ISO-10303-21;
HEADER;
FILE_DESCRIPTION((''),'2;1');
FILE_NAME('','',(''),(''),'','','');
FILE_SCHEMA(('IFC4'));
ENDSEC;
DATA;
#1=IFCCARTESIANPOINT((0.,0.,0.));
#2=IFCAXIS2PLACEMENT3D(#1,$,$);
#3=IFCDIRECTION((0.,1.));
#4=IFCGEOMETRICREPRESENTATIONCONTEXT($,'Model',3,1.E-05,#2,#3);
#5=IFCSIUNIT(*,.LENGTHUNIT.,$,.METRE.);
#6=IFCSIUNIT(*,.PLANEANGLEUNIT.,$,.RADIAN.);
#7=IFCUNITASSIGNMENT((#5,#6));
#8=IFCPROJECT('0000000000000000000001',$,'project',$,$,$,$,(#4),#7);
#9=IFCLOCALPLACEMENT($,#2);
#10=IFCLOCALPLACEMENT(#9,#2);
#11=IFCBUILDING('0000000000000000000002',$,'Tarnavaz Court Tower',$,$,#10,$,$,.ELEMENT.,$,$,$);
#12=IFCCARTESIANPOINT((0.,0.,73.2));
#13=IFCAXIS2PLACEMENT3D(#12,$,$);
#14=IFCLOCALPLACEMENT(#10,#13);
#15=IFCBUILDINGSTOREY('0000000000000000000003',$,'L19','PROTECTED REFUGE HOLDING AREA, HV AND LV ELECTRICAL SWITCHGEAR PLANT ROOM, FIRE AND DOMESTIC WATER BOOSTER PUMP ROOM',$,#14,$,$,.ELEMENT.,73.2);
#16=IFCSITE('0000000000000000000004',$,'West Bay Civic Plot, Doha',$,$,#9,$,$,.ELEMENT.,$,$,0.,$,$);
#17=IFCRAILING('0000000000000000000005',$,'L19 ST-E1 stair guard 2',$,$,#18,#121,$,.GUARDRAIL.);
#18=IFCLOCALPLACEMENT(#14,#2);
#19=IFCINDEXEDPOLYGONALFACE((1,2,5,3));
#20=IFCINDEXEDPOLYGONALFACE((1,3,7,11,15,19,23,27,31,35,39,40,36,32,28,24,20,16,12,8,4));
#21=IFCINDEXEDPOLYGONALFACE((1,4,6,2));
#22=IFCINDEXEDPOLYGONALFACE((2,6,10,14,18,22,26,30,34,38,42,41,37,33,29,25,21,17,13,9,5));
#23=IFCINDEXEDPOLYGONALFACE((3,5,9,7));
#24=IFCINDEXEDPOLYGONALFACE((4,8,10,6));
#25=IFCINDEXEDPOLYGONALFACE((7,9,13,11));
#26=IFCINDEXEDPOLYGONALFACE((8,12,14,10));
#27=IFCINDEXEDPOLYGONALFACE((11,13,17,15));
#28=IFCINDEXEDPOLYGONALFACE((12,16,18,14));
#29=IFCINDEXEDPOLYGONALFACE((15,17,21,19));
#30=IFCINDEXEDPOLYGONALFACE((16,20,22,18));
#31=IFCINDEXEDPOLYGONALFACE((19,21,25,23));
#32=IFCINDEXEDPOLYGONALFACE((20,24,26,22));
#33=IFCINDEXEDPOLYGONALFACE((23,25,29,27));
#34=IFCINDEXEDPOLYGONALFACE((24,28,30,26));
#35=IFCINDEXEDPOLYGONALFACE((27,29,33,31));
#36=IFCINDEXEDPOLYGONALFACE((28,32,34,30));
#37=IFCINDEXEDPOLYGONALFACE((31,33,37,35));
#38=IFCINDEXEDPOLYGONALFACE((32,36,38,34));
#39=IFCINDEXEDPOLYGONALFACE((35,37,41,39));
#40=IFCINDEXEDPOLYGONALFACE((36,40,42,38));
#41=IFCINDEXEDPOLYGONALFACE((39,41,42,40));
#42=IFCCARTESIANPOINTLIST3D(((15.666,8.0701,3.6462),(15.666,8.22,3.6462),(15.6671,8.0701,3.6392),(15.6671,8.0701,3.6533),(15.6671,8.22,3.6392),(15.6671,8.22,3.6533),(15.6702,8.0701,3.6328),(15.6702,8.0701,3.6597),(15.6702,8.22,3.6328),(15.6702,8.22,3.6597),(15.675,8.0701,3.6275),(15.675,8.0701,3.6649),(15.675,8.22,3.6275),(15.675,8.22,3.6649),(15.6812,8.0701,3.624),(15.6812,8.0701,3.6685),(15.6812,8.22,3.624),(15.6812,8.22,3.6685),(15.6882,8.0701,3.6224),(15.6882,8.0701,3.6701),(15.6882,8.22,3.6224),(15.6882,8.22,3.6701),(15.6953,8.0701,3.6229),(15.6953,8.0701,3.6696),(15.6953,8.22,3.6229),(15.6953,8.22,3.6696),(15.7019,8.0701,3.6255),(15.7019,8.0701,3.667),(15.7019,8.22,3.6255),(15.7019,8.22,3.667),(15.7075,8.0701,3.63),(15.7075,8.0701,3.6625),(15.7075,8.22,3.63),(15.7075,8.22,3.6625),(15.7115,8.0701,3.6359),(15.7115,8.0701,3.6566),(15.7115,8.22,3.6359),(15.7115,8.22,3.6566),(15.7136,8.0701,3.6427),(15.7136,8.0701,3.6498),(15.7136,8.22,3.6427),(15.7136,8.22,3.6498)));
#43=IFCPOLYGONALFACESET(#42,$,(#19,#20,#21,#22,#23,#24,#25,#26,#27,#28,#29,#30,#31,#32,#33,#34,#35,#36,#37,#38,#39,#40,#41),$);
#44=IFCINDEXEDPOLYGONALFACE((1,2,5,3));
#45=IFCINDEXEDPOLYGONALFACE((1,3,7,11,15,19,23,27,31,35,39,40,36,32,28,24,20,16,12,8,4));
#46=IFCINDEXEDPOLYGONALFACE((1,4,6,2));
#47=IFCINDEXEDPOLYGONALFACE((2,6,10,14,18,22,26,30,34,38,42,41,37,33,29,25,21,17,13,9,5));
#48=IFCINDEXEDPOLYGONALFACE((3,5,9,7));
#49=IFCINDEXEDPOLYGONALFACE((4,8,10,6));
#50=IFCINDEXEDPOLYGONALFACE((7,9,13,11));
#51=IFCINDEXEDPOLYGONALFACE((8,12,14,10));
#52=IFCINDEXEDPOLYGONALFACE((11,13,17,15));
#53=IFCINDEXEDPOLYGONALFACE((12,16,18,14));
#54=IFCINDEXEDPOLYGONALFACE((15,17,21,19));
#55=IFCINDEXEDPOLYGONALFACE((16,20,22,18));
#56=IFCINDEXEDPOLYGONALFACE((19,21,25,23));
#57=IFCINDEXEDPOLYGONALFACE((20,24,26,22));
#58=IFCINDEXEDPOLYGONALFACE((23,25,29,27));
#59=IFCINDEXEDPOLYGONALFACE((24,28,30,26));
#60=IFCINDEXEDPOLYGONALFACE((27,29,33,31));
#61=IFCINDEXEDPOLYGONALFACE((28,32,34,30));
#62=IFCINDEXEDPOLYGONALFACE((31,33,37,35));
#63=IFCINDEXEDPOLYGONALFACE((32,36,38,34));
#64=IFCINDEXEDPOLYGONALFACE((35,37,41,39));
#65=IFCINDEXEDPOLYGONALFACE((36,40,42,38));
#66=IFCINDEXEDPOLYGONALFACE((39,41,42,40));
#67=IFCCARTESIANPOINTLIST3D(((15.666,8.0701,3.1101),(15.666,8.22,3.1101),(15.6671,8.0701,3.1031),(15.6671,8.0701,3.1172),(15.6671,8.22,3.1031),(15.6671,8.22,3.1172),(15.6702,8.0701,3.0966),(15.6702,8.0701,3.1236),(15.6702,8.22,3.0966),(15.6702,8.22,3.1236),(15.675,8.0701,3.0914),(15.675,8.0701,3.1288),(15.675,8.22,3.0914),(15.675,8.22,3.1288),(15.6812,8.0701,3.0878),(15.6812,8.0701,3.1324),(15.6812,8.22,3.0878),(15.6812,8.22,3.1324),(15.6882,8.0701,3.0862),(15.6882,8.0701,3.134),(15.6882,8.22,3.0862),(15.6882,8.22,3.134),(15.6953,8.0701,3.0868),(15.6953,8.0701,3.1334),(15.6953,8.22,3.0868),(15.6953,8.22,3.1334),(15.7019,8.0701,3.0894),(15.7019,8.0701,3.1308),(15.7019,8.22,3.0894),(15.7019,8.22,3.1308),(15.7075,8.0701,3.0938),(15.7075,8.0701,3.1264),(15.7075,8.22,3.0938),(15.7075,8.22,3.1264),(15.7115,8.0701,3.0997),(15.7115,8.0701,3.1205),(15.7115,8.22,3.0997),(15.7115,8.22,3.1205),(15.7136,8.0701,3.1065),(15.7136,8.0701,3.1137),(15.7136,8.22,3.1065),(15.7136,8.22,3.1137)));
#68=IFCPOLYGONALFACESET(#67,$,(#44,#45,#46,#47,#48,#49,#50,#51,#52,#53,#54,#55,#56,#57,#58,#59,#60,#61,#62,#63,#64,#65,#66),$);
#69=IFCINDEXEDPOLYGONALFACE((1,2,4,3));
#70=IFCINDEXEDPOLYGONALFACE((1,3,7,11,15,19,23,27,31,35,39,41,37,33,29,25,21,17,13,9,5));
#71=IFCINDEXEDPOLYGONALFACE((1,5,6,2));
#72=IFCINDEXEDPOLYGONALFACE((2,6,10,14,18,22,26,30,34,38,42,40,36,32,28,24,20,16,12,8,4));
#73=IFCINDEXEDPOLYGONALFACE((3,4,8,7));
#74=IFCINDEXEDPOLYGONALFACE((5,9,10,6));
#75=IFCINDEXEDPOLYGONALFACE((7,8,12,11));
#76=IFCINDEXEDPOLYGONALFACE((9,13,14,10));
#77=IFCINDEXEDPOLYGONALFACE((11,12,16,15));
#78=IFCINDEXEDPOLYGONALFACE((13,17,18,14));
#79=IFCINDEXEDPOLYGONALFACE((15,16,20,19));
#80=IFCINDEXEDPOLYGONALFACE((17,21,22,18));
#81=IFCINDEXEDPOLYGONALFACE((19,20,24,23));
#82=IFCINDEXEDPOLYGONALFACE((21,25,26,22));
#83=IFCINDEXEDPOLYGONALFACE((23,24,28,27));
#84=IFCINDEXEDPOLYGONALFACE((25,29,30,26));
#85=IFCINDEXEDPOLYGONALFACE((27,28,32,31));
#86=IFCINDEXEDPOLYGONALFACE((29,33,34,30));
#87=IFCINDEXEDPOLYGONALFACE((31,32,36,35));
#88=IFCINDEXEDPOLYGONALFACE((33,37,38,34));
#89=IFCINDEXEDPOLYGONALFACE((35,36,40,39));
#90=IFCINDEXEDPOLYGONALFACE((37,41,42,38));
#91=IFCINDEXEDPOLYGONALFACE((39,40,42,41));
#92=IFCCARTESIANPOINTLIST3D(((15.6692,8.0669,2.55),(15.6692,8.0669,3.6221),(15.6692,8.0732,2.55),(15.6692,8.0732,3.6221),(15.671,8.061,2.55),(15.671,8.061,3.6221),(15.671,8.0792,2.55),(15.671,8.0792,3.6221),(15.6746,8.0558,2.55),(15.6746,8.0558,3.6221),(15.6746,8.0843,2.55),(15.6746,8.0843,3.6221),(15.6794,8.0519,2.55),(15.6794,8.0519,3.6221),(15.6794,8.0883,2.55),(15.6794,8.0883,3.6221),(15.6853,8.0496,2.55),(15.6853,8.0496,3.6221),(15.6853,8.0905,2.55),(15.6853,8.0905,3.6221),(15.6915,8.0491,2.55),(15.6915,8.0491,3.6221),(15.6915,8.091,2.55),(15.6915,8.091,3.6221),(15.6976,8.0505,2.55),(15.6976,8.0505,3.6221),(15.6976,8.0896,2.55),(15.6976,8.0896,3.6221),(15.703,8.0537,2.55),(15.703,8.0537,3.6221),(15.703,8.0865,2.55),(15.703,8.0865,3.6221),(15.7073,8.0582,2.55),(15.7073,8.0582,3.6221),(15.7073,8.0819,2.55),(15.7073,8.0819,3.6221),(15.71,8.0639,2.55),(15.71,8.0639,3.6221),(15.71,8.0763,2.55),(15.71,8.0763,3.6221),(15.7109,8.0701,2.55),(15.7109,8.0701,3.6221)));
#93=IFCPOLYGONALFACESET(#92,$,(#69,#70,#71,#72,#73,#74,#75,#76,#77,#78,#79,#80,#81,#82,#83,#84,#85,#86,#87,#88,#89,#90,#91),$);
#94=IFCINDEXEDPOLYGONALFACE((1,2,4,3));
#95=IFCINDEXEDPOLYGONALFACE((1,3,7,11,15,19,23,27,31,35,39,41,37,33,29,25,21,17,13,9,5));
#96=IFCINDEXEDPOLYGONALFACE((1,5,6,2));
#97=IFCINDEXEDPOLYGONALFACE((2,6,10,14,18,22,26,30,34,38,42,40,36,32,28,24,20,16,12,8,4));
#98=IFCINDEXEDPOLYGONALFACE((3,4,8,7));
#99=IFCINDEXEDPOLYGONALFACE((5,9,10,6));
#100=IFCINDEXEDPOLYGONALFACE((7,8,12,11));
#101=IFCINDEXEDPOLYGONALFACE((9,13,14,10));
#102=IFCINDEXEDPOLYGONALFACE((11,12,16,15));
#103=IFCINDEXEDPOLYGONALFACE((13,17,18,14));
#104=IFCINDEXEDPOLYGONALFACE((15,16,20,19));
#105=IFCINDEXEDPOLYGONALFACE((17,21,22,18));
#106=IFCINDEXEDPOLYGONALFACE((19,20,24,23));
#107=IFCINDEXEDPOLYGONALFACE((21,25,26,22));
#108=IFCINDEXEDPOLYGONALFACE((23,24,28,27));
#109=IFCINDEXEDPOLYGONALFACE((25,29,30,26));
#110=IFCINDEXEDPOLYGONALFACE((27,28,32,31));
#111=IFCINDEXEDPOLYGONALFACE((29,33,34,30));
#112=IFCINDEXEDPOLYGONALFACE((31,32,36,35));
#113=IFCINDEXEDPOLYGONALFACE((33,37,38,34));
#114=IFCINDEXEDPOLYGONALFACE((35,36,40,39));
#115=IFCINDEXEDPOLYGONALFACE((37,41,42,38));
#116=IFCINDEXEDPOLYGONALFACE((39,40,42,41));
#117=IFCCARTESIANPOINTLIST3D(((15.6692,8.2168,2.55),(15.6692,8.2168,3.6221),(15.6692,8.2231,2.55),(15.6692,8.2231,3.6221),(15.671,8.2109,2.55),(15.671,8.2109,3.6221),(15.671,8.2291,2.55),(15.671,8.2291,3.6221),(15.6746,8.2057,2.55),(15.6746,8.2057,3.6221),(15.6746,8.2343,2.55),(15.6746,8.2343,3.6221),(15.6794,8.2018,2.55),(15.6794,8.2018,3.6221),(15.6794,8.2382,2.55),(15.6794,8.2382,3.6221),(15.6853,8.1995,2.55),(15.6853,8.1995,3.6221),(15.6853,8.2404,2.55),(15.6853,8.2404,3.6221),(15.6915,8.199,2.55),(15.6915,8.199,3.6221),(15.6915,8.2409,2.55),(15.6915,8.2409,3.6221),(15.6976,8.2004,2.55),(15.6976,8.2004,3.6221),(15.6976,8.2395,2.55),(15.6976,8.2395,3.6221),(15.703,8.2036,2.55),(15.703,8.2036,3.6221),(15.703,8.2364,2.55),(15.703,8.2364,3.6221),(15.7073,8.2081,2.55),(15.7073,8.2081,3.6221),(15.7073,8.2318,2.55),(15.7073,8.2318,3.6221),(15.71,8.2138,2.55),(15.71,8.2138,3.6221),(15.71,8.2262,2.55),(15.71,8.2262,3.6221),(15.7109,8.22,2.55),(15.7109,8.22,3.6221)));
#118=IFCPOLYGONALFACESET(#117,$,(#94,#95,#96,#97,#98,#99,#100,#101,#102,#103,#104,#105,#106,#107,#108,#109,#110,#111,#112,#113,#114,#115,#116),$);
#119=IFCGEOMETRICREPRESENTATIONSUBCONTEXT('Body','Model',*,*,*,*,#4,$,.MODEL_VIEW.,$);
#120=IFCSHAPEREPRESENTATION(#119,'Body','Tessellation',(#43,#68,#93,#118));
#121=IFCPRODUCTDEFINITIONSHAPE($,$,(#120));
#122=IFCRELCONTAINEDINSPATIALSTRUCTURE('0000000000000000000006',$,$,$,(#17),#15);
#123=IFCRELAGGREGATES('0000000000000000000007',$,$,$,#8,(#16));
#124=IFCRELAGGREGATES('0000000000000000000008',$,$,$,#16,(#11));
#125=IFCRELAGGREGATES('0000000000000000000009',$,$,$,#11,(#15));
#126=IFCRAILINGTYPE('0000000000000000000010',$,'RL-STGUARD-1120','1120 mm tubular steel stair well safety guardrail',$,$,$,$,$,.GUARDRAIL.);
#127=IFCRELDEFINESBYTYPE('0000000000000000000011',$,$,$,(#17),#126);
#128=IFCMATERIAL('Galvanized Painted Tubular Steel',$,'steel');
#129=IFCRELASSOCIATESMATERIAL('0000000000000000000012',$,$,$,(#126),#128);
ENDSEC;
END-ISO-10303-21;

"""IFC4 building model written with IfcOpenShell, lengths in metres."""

from ifc_helpers import new_model, si_unit, direction, frame, origin, origin_2d, place, context, subcontext, project, spatial, circle, extrude, material, type_object, element, save


model = new_model("IFC4")

# Units and contexts
model_context = context("Model", 3, precision=1e-05, world=origin(), true_north=direction((0.0, 1.0)))
body_context = subcontext(model_context, "Body", "Model", "MODEL_VIEW")
ifc_project = project(units=[si_unit("LENGTHUNIT", "METRE"), si_unit("PLANEANGLEUNIT", "RADIAN")], contexts=[model_context])

# Site, building, storey
site_placement = place(None, origin())
site = spatial("IfcSite", under=ifc_project, at=site_placement, Name="West Bay Civic Plot, Doha", CompositionType="ELEMENT", RefElevation=0.0)
building_placement = place(site_placement, origin())
building = spatial("IfcBuilding", under=site, at=building_placement, Name="Tarnavaz Court Tower", CompositionType="ELEMENT")
storey_placement = place(building_placement, frame((0.0, 0.0, 73.2)))
storey = spatial("IfcBuildingStorey", under=building, at=storey_placement, Name="L19", Description="PROTECTED REFUGE HOLDING AREA, HV AND LV ELECTRICAL SWITCHGEAR PLANT ROOM, FIRE AND DOMESTIC WATER BOOSTER PUMP ROOM", CompositionType="ELEMENT", Elevation=73.2)

# Railing
ifc_material_1 = material(Name="Galvanized Painted Tubular Steel", Category="steel")
railing_type_1 = type_object("IfcRailingType", Name="RL-STGUARD-1120", Description="1120 mm tubular steel stair well safety guardrail", PredefinedType="GUARDRAIL", material=ifc_material_1)
railing_1_placement = place(storey_placement, frame((15.6899, 8.0701, 2.55)))
element("IfcRailing", 1, at=railing_1_placement, inside=storey, type_object=railing_type_1, Name="L19 ST-E1 stair guard 2", PredefinedType="GUARDRAIL", context=body_context, shape_type="SweptSolid", body=[
    extrude(circle(Radius=0.0239, at=origin_2d()), frame((0.0, 0.0, 1.0962), z_axis=(0.0, 1.0, 0.0), x_axis=(-1.0, 0.0, 0.0)), (0.0, 0.0, 1.0), 0.1499),
    extrude(circle(Radius=0.0239, at=origin_2d()), frame((0.0, 0.0, 0.5601), z_axis=(0.0, 1.0, 0.0), x_axis=(-1.0, 0.0, 0.0)), (0.0, 0.0, 1.0), 0.1499),
    extrude(circle(Radius=0.021, at=origin_2d()), origin(), (0.0, 0.0, 1.0), 1.072),
    extrude(circle(Radius=0.021, at=origin_2d()), frame((0.0, 0.1499, 0.0)), (0.0, 0.0, 1.0), 1.072),
])

save(model, "model.ifc")
